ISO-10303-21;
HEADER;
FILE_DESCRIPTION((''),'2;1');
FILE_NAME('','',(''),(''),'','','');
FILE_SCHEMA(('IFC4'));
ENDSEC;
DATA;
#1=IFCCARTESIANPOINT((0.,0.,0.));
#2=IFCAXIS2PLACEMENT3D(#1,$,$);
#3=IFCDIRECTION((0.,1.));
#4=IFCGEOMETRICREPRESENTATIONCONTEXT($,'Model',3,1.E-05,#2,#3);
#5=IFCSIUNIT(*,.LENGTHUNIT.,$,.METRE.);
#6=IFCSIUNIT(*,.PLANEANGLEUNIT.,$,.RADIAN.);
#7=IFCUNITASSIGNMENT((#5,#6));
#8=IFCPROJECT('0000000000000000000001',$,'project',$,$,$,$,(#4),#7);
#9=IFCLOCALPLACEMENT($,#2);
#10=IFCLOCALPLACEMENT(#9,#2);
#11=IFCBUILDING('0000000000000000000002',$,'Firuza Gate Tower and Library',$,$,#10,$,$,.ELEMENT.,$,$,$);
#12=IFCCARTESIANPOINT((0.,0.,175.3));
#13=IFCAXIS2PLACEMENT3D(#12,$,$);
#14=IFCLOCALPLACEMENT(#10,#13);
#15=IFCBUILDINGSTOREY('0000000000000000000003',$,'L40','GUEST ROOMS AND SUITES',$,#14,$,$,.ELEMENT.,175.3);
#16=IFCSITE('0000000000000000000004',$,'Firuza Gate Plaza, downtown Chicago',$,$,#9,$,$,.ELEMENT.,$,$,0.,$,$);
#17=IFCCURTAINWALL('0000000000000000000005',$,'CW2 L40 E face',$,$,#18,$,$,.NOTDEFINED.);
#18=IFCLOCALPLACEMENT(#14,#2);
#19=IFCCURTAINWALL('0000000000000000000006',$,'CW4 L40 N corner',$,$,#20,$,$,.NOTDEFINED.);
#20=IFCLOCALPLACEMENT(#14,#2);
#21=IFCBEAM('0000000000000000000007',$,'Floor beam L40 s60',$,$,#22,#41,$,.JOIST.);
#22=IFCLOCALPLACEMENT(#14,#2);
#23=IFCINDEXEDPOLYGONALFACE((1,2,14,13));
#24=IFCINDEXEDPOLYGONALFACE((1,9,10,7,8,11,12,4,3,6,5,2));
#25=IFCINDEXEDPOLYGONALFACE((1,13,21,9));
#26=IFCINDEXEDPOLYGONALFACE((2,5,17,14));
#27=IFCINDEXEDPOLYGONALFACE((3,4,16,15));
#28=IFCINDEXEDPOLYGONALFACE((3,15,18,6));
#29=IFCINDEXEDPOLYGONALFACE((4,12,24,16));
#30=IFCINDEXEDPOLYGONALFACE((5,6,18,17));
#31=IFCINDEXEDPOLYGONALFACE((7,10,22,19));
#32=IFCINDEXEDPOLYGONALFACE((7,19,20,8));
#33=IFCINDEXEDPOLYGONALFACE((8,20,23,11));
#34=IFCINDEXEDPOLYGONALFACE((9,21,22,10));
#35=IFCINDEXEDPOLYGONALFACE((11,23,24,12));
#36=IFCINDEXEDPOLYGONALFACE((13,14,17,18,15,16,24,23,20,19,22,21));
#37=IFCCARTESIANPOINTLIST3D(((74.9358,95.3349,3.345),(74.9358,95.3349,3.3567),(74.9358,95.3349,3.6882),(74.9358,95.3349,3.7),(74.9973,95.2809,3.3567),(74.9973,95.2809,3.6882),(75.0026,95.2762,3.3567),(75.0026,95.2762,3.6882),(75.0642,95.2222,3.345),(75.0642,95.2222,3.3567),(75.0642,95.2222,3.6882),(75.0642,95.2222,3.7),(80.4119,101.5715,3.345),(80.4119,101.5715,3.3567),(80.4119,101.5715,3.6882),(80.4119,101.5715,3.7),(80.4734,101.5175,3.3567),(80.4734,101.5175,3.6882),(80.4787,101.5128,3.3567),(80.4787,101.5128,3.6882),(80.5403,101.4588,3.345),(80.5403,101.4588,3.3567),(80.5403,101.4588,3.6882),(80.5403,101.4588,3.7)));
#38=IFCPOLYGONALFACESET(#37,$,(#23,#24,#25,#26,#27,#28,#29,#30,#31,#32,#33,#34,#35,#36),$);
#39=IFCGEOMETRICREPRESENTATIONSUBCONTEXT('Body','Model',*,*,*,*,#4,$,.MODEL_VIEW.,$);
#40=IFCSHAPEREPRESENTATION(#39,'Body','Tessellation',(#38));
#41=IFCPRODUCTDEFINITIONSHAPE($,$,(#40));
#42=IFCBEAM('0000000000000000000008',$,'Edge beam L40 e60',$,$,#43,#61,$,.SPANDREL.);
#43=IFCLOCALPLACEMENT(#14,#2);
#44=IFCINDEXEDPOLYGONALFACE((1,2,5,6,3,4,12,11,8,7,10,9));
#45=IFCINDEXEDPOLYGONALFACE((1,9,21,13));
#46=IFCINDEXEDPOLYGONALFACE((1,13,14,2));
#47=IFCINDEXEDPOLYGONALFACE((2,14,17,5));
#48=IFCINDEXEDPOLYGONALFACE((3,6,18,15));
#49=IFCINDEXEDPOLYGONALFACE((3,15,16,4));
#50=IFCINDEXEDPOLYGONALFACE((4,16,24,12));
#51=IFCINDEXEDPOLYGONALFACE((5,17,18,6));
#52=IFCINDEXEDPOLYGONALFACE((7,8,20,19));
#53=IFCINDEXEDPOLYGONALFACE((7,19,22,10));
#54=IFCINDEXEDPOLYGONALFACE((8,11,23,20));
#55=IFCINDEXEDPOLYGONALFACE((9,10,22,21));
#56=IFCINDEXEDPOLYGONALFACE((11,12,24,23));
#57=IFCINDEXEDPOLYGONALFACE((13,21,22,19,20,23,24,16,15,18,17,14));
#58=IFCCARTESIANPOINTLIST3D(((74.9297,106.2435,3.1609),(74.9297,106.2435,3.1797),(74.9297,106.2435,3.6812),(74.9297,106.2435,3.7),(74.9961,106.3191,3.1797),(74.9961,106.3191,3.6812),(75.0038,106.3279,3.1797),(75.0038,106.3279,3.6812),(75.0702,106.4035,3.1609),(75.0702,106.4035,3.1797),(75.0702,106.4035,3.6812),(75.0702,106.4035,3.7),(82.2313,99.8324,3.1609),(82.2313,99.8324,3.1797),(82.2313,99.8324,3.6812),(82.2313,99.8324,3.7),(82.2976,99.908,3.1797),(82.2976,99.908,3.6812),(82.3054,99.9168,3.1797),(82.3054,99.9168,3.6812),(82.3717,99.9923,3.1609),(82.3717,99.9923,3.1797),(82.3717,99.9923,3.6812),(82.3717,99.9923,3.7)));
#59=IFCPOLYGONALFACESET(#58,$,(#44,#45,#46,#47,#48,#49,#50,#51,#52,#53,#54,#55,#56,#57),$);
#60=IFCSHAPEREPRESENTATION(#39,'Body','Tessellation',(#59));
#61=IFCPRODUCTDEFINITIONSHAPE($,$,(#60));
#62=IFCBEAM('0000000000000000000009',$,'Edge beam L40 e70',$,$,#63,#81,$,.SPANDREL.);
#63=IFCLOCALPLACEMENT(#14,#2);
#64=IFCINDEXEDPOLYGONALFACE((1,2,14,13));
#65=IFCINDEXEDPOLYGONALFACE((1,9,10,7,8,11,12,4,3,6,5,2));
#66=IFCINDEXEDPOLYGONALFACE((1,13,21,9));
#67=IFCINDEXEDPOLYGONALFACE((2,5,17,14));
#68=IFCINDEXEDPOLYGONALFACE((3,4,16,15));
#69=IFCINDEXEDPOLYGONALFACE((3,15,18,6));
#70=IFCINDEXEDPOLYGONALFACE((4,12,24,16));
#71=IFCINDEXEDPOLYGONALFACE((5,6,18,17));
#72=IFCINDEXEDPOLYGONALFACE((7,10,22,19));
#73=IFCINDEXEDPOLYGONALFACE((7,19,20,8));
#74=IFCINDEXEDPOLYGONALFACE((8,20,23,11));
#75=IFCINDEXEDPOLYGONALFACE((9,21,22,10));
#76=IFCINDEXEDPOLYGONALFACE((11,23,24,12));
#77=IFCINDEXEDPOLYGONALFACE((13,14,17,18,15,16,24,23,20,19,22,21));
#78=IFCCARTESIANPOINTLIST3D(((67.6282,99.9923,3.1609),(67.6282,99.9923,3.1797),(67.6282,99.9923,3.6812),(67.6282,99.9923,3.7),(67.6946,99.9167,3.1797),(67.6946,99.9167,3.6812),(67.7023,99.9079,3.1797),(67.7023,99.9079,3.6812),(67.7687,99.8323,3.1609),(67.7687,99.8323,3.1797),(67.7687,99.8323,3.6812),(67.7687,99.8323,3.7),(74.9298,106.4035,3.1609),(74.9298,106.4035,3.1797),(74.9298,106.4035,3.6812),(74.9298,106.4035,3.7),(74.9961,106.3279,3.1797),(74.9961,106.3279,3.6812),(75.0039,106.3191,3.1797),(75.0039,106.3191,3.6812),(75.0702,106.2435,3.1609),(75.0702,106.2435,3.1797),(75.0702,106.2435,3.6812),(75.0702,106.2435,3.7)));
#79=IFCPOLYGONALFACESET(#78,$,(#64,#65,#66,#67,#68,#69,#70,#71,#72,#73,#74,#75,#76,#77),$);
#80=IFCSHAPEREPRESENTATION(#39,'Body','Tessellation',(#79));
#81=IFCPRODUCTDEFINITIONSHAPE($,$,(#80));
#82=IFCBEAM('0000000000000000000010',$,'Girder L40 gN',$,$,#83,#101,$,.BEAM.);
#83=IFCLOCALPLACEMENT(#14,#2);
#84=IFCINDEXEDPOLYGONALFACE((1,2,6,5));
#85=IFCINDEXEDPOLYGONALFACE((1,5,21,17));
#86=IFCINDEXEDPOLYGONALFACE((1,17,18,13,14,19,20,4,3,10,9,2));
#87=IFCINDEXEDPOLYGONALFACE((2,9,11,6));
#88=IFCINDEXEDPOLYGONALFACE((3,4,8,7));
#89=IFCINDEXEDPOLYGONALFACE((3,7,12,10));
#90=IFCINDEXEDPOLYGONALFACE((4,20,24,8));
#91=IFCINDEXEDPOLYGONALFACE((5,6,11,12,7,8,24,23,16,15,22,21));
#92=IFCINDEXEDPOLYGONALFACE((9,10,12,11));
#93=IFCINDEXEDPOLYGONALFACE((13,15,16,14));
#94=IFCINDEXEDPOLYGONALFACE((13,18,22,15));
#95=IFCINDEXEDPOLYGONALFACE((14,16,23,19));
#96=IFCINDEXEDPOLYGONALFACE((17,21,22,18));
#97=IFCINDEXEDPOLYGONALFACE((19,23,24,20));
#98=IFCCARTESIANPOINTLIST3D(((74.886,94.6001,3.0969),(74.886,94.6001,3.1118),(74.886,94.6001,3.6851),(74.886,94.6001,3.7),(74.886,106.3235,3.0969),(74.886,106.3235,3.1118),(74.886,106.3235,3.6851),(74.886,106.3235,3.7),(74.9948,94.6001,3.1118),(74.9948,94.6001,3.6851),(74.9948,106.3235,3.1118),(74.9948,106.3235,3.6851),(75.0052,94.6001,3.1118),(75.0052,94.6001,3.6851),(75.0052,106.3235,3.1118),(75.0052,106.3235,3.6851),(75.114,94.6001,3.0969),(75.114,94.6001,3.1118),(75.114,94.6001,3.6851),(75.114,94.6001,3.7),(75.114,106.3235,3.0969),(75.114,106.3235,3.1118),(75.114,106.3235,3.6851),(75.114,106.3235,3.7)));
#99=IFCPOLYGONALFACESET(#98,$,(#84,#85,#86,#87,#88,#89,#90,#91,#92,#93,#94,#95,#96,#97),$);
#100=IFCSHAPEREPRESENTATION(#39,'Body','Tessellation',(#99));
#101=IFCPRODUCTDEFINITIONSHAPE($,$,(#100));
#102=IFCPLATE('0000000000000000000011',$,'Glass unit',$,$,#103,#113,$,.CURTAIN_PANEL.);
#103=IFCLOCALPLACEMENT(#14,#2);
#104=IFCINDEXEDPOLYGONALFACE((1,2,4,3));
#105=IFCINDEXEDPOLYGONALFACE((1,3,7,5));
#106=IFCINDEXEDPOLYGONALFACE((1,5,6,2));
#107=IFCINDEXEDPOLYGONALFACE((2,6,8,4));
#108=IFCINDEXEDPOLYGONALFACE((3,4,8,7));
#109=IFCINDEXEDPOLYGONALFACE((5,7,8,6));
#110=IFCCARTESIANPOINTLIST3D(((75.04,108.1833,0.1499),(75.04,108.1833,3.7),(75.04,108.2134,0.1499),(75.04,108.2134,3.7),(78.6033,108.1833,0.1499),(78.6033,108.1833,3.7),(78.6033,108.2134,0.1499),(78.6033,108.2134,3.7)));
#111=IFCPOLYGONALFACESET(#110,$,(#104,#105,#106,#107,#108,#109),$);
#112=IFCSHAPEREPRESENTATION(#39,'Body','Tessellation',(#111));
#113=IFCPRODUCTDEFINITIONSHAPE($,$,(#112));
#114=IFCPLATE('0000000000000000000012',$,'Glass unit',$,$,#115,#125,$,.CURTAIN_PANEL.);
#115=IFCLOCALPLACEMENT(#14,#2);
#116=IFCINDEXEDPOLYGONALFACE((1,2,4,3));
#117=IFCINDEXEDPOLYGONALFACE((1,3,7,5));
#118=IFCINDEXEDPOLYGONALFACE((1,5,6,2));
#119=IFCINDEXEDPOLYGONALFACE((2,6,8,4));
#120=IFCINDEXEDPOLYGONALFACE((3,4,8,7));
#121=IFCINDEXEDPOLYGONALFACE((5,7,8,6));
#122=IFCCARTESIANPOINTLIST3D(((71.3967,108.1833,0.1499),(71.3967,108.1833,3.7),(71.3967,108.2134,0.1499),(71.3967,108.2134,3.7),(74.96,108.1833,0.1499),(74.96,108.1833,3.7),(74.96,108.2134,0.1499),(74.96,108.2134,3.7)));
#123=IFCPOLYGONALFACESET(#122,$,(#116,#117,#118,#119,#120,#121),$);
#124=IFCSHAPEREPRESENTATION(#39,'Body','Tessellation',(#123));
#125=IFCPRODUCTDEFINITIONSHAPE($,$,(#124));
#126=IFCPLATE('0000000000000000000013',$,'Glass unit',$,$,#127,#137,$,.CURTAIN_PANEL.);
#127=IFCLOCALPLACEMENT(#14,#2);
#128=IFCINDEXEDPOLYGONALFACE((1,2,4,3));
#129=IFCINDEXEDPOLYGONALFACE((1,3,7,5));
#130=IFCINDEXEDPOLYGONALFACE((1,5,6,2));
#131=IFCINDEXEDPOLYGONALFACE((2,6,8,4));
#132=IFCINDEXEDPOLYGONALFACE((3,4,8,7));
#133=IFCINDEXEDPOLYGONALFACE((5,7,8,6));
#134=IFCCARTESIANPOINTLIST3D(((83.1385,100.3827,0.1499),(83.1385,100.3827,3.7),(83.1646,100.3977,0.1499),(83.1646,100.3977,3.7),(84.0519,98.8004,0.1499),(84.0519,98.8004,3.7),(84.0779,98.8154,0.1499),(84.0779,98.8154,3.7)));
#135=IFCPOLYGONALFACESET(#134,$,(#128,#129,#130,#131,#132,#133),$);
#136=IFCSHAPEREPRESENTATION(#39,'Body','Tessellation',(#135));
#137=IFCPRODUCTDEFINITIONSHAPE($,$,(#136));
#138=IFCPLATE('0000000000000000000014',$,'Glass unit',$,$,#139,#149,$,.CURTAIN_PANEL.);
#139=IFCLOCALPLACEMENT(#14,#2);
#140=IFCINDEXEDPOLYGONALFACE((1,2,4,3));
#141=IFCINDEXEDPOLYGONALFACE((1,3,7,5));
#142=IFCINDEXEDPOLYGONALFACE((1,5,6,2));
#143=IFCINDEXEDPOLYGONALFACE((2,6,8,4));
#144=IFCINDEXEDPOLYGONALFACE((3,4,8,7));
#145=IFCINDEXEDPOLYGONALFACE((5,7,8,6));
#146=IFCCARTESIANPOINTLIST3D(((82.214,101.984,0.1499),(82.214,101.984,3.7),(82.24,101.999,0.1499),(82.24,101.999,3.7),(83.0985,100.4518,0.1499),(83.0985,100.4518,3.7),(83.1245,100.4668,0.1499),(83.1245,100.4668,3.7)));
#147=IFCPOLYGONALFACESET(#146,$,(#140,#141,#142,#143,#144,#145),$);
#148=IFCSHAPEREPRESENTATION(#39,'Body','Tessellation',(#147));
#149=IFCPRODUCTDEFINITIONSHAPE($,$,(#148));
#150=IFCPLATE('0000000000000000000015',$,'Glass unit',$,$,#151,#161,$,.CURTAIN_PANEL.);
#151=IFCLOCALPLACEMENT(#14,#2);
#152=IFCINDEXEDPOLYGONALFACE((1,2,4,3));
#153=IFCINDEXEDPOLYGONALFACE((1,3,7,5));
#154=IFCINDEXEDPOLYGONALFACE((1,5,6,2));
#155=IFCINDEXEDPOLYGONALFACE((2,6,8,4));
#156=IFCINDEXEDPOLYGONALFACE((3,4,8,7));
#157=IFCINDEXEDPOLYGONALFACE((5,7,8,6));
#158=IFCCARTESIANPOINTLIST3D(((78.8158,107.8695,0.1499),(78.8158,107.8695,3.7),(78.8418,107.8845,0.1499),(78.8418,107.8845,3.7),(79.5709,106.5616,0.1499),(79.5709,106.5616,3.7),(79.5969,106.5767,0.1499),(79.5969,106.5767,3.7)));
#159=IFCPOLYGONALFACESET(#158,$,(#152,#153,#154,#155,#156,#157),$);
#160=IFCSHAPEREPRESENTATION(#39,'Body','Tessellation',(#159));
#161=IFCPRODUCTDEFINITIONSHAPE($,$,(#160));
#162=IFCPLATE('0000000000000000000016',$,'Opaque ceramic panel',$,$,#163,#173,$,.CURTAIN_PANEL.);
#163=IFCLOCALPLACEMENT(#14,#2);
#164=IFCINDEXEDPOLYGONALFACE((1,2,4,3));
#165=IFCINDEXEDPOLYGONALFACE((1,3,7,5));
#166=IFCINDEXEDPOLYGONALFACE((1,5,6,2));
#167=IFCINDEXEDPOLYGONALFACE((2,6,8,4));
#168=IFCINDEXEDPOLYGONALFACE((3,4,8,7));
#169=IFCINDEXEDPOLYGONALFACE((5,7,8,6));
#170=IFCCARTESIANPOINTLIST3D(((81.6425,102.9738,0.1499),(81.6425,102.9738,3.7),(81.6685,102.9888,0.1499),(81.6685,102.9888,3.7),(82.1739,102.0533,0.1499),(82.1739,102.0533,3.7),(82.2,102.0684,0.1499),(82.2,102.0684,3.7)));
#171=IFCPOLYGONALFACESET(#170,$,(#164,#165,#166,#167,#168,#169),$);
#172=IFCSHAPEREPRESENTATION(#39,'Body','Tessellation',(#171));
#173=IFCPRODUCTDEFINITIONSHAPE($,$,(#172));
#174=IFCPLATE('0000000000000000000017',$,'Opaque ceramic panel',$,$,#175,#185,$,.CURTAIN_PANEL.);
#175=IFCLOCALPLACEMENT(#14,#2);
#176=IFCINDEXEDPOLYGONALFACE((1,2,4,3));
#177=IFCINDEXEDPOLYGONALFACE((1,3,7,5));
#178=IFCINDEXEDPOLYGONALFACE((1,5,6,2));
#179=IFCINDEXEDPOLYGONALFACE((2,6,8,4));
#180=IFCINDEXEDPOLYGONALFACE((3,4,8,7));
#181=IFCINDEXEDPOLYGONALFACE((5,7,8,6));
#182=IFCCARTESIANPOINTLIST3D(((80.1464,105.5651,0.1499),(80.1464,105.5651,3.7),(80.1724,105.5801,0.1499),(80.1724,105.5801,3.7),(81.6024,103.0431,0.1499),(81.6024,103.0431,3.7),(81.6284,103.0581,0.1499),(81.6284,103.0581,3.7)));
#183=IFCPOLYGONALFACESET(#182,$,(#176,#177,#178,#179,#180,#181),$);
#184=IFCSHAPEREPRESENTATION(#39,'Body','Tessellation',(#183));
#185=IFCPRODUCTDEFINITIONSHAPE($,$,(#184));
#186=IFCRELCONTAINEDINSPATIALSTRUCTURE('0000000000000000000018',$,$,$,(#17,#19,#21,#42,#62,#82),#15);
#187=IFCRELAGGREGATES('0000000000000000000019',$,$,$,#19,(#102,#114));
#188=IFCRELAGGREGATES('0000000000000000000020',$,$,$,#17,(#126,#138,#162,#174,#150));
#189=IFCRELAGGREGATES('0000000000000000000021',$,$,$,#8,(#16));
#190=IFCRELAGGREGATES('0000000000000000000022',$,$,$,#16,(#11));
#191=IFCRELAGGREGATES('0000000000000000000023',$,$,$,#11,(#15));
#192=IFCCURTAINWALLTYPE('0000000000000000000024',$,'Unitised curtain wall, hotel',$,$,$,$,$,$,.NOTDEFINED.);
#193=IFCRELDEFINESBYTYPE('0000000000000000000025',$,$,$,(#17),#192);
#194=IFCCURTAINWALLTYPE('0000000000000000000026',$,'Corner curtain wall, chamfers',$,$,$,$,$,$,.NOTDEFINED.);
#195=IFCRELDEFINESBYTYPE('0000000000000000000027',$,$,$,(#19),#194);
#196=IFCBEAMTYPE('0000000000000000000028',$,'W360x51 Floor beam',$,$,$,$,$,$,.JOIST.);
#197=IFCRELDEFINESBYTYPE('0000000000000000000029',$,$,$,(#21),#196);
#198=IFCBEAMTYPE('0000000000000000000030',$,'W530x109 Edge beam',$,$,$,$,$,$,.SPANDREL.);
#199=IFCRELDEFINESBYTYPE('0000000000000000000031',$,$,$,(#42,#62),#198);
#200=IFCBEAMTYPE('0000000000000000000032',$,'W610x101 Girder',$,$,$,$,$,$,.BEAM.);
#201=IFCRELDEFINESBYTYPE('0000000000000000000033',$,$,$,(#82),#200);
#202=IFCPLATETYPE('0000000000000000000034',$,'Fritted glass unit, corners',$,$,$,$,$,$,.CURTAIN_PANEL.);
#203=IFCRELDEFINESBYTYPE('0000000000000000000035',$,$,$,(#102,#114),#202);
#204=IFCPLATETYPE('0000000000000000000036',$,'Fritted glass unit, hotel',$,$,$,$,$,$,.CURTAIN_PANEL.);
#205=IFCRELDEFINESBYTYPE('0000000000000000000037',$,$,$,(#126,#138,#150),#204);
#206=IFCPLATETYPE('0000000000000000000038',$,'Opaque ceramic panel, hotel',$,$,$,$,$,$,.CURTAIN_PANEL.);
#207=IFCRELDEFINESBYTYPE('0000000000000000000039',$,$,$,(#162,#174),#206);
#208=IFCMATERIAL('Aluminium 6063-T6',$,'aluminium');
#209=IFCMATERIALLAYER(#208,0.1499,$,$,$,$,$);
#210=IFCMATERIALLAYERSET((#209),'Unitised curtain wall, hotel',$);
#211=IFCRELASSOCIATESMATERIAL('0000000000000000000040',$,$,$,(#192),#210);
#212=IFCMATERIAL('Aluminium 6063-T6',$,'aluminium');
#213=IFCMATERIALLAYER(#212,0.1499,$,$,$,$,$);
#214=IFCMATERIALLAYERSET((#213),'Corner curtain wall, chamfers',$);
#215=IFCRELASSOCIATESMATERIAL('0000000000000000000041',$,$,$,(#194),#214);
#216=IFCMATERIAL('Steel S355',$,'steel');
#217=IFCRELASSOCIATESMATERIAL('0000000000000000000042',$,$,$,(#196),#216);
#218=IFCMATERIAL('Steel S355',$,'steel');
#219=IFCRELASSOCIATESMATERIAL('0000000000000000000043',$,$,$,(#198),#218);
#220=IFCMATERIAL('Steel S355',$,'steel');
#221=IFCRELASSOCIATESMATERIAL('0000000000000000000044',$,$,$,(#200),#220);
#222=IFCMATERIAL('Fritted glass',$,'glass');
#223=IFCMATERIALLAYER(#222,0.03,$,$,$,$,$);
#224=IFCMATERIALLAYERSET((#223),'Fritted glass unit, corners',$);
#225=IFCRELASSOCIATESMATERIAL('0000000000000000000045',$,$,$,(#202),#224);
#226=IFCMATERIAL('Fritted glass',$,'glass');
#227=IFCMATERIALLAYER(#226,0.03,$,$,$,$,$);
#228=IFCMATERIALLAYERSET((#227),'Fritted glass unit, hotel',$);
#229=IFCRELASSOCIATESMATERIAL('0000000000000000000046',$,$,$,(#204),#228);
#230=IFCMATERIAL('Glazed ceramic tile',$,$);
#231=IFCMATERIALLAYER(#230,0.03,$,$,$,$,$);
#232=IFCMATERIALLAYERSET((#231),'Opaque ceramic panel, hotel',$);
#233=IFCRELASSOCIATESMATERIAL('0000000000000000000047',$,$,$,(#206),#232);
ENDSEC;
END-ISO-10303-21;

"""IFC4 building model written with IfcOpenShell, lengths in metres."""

from ifc_helpers import new_model, si_unit, direction, frame, origin, origin_2d, place, context, subcontext, project, spatial, polyline, i_section, outline, extrude, material, layer, layer_set, material_profile, profile_set, type_object, element, aggregate, save


model = new_model("IFC4")

# Units and contexts
model_context = context("Model", 3, precision=1e-05, world=origin(), true_north=direction((0.0, 1.0)))
body_context = subcontext(model_context, "Body", "Model", "MODEL_VIEW")
ifc_project = project(units=[si_unit("LENGTHUNIT", "METRE"), si_unit("PLANEANGLEUNIT", "RADIAN")], contexts=[model_context])

# Site, building, storey
site_placement = place(None, origin())
site = spatial("IfcSite", under=ifc_project, at=site_placement, Name="Firuza Gate Plaza, downtown Chicago", CompositionType="ELEMENT", RefElevation=0.0)
building_placement = place(site_placement, origin())
building = spatial("IfcBuilding", under=site, at=building_placement, Name="Firuza Gate Tower and Library", CompositionType="ELEMENT")
storey_placement = place(building_placement, frame((0.0, 0.0, 175.3)))
storey = spatial("IfcBuildingStorey", under=building, at=storey_placement, Name="L40", Description="GUEST ROOMS AND SUITES", CompositionType="ELEMENT", Elevation=175.3)

# Curtain walls
ifc_material_1 = material(Name="Aluminium 6063-T6", Category="aluminium")
ifc_layer_1 = layer(ifc_material_1, 0.1499)
ifc_layer_set_1 = layer_set([ifc_layer_1], Name="Unitised curtain wall, hotel")
curtain_wall_type_1 = type_object("IfcCurtainWallType", Name="Unitised curtain wall, hotel", PredefinedType="NOTDEFINED", material=ifc_layer_set_1)
placement = place(storey_placement, origin())
curtain_wall_1 = element("IfcCurtainWall", 1, at=placement, inside=storey, type_object=curtain_wall_type_1, Name="CW2 L40 E face", PredefinedType="NOTDEFINED")
ifc_material_2 = material(Name="Aluminium 6063-T6", Category="aluminium")
ifc_layer_2 = layer(ifc_material_2, 0.1499)
ifc_layer_set_2 = layer_set([ifc_layer_2], Name="Corner curtain wall, chamfers")
curtain_wall_type_2 = type_object("IfcCurtainWallType", Name="Corner curtain wall, chamfers", PredefinedType="NOTDEFINED", material=ifc_layer_set_2)
curtain_wall_2 = element("IfcCurtainWall", 2, at=placement, inside=storey, type_object=curtain_wall_type_2, Name="CW4 L40 N corner", PredefinedType="NOTDEFINED")

# Beams
ifc_material_3 = material(Name="Steel S355", Category="steel")
ifc_material_profile_1 = material_profile(ifc_material_3, i_section(OverallWidth=0.1709, OverallDepth=0.355, WebThickness=0.0071, FlangeThickness=0.0117, at=origin_2d()))
ifc_profile_set_1 = profile_set([ifc_material_profile_1], Name="Steel S355")
beam_type_1 = type_object("IfcBeamType", Name="W360x51 Floor beam", PredefinedType="JOIST", material=ifc_profile_set_1)
beam_1_placement = place(storey_placement, frame((80.4761, 101.5151, 3.5225), z_axis=(-0.659805, -0.751437, 0.0), x_axis=(0.751437, -0.659805, 0.0)))
element("IfcBeam", 3, at=beam_1_placement, inside=storey, type_object=beam_type_1, Name="Floor beam L40 s60", PredefinedType="JOIST", context=body_context, shape_type="SweptSolid", body=[
    extrude(i_section(OverallWidth=0.1709, OverallDepth=0.355, WebThickness=0.0071, FlangeThickness=0.0117, at=origin_2d()), origin(), (0.0, 0.0, 1.0), 8.2996),
])
ifc_material_4 = material(Name="Steel S355", Category="steel")
ifc_material_profile_2 = material_profile(ifc_material_4, i_section(OverallWidth=0.2129, OverallDepth=0.5391, WebThickness=0.0117, FlangeThickness=0.0188, at=origin_2d()))
ifc_profile_set_2 = profile_set([ifc_material_profile_2], Name="Steel S355")
beam_type_2 = type_object("IfcBeamType", Name="W530x109 Edge beam", PredefinedType="SPANDREL", material=ifc_profile_set_2)
for number, where, z_axis, x_axis, name in (
    (4, (82.3015, 99.9124, 3.4304), (-0.751438, 0.659804, 0.0), (-0.659804, -0.751438, 0.0), "Edge beam L40 e60"),
    (5, (75.0, 106.3235, 3.4304), (-0.751438, -0.659804, 0.0), (0.659804, -0.751438, 0.0), "Edge beam L40 e70"),
):
    element("IfcBeam", number, at=place(storey_placement, frame(where, z_axis=z_axis, x_axis=x_axis)), inside=storey, type_object=beam_type_2, Name=name, PredefinedType="SPANDREL", context=body_context, shape_type="SweptSolid", body=[
        extrude(i_section(OverallWidth=0.2129, OverallDepth=0.5391, WebThickness=0.0117, FlangeThickness=0.0188, at=origin_2d()), origin(), (0.0, 0.0, 1.0), 9.7168),
    ])
ifc_material_5 = material(Name="Steel S355", Category="steel")
ifc_material_profile_3 = material_profile(ifc_material_5, i_section(OverallWidth=0.228, OverallDepth=0.603, WebThickness=0.0105, FlangeThickness=0.0149, at=origin_2d()))
ifc_profile_set_3 = profile_set([ifc_material_profile_3], Name="Steel S355")
beam_type_3 = type_object("IfcBeamType", Name="W610x101 Girder", PredefinedType="BEAM", material=ifc_profile_set_3)
beam_2_placement = place(storey_placement, frame((75.0, 106.3235, 3.3984), z_axis=(0.0, -1.0, 0.0), x_axis=(1.0, 0.0, 0.0)))
element("IfcBeam", 6, at=beam_2_placement, inside=storey, type_object=beam_type_3, Name="Girder L40 gN", PredefinedType="BEAM", context=body_context, shape_type="SweptSolid", body=[
    extrude(i_section(OverallWidth=0.228, OverallDepth=0.603, WebThickness=0.0105, FlangeThickness=0.0149, at=origin_2d()), origin(), (0.0, 0.0, 1.0), 11.7234),
])

# Plates
ifc_material_6 = material(Name="Fritted glass", Category="glass")
ifc_layer_3 = layer(ifc_material_6, 0.03)
ifc_layer_set_3 = layer_set([ifc_layer_3], Name="Fritted glass unit, corners")
plate_type_1 = type_object("IfcPlateType", Name="Fritted glass unit, corners", PredefinedType="CURTAIN_PANEL", material=ifc_layer_set_3)
plate_1_placement = place(storey_placement, frame((78.6033, 108.2134, 0.1499), z_axis=(0.0, 1.0, 0.0), x_axis=(-1.0, 0.0, 0.0)))
plate_1 = element("IfcPlate", 7, at=plate_1_placement, type_object=plate_type_1, Name="Glass unit", PredefinedType="CURTAIN_PANEL", context=body_context, shape_type="SweptSolid", body=[
    extrude(outline(polyline([(0.0, 0.0), (3.5632, 0.0), (3.5632, 3.55), (0.0, 3.55), (0.0, 0.0)])), origin(), (0.0, 0.0, -1.0), 0.03),
])
plate_2_placement = place(storey_placement, frame((74.96, 108.2134, 0.1499), z_axis=(0.0, 1.0, 0.0), x_axis=(-1.0, 0.0, 0.0)))
plate_2 = element("IfcPlate", 8, at=plate_2_placement, type_object=plate_type_1, Name="Glass unit", PredefinedType="CURTAIN_PANEL", context=body_context, shape_type="SweptSolid", body=[
    extrude(outline(polyline([(0.0, 0.0), (3.5632, 0.0), (3.5632, 3.55), (0.0, 3.55), (0.0, 0.0)])), origin(), (0.0, 0.0, -1.0), 0.03),
])
aggregate(curtain_wall_2, [plate_1, plate_2])
ifc_material_7 = material(Name="Fritted glass", Category="glass")
ifc_layer_4 = layer(ifc_material_7, 0.03)
ifc_layer_set_4 = layer_set([ifc_layer_4], Name="Fritted glass unit, hotel")
plate_type_2 = type_object("IfcPlateType", Name="Fritted glass unit, hotel", PredefinedType="CURTAIN_PANEL", material=ifc_layer_set_4)
plate_3_placement = place(storey_placement, frame((84.0779, 98.8154, 0.1499), z_axis=(0.866072, 0.499919, 0.0), x_axis=(-0.499919, 0.866072, 0.0)))
plate_3 = element("IfcPlate", 9, at=plate_3_placement, type_object=plate_type_2, Name="Glass unit", PredefinedType="CURTAIN_PANEL", context=body_context, shape_type="SweptSolid", body=[
    extrude(outline(polyline([(0.0, 0.0), (1.827, 0.0), (1.827, 3.55), (0.0, 3.55), (0.0, 0.0)])), origin(), (0.0, 0.0, -1.0), 0.03),
])
plate_4_placement = place(storey_placement, frame((83.1245, 100.4668, 0.1499), z_axis=(0.866052, 0.499953, 0.0), x_axis=(-0.499953, 0.866052, 0.0)))
plate_4 = element("IfcPlate", 10, at=plate_4_placement, type_object=plate_type_2, Name="Glass unit", PredefinedType="CURTAIN_PANEL", context=body_context, shape_type="SweptSolid", body=[
    extrude(outline(polyline([(0.0, 0.0), (1.7692, 0.0), (1.7692, 3.55), (0.0, 3.55), (0.0, 0.0)])), origin(), (0.0, 0.0, -1.0), 0.03),
])
plate_5_placement = place(storey_placement, frame((79.5969, 106.5767, 0.1499), z_axis=(0.866016, 0.500016, 0.0), x_axis=(-0.500016, 0.866016, 0.0)))
plate_5 = element("IfcPlate", 11, at=plate_5_placement, type_object=plate_type_2, Name="Glass unit", PredefinedType="CURTAIN_PANEL", context=body_context, shape_type="SweptSolid", body=[
    extrude(outline(polyline([(0.0, 0.0), (1.5102, 0.0), (1.5102, 3.55), (0.0, 3.55), (0.0, 0.0)])), origin(), (0.0, 0.0, -1.0), 0.03),
])
ifc_material_8 = material(Name="Glazed ceramic tile")
ifc_layer_5 = layer(ifc_material_8, 0.03)
ifc_layer_set_5 = layer_set([ifc_layer_5], Name="Opaque ceramic panel, hotel")
plate_type_3 = type_object("IfcPlateType", Name="Opaque ceramic panel, hotel", PredefinedType="CURTAIN_PANEL", material=ifc_layer_set_5)
plate_6_placement = place(storey_placement, frame((82.2, 102.0684, 0.1499), z_axis=(0.865987, 0.500067, 0.0), x_axis=(-0.500067, 0.865987, 0.0)))
plate_6 = element("IfcPlate", 12, at=plate_6_placement, type_object=plate_type_3, Name="Opaque ceramic panel", PredefinedType="CURTAIN_PANEL", context=body_context, shape_type="SweptSolid", body=[
    extrude(outline(polyline([(0.0, 0.0), (1.0628, 0.0), (1.0628, 3.55), (0.0, 3.55), (0.0, 0.0)])), origin(), (0.0, 0.0, -1.0), 0.03),
])
plate_7_placement = place(storey_placement, frame((81.6284, 103.0581, 0.1499), z_axis=(0.866026, 0.499998, 0.0), x_axis=(-0.499998, 0.866026, 0.0)))
plate_7 = element("IfcPlate", 13, at=plate_7_placement, type_object=plate_type_3, Name="Opaque ceramic panel", PredefinedType="CURTAIN_PANEL", context=body_context, shape_type="SweptSolid", body=[
    extrude(outline(polyline([(0.0, 0.0), (2.9121, 0.0), (2.9121, 3.55), (0.0, 3.55), (0.0, 0.0)])), origin(), (0.0, 0.0, -1.0), 0.03),
])
aggregate(curtain_wall_1, [plate_3, plate_4, plate_6, plate_7, plate_5])

save(model, "model.ifc")
